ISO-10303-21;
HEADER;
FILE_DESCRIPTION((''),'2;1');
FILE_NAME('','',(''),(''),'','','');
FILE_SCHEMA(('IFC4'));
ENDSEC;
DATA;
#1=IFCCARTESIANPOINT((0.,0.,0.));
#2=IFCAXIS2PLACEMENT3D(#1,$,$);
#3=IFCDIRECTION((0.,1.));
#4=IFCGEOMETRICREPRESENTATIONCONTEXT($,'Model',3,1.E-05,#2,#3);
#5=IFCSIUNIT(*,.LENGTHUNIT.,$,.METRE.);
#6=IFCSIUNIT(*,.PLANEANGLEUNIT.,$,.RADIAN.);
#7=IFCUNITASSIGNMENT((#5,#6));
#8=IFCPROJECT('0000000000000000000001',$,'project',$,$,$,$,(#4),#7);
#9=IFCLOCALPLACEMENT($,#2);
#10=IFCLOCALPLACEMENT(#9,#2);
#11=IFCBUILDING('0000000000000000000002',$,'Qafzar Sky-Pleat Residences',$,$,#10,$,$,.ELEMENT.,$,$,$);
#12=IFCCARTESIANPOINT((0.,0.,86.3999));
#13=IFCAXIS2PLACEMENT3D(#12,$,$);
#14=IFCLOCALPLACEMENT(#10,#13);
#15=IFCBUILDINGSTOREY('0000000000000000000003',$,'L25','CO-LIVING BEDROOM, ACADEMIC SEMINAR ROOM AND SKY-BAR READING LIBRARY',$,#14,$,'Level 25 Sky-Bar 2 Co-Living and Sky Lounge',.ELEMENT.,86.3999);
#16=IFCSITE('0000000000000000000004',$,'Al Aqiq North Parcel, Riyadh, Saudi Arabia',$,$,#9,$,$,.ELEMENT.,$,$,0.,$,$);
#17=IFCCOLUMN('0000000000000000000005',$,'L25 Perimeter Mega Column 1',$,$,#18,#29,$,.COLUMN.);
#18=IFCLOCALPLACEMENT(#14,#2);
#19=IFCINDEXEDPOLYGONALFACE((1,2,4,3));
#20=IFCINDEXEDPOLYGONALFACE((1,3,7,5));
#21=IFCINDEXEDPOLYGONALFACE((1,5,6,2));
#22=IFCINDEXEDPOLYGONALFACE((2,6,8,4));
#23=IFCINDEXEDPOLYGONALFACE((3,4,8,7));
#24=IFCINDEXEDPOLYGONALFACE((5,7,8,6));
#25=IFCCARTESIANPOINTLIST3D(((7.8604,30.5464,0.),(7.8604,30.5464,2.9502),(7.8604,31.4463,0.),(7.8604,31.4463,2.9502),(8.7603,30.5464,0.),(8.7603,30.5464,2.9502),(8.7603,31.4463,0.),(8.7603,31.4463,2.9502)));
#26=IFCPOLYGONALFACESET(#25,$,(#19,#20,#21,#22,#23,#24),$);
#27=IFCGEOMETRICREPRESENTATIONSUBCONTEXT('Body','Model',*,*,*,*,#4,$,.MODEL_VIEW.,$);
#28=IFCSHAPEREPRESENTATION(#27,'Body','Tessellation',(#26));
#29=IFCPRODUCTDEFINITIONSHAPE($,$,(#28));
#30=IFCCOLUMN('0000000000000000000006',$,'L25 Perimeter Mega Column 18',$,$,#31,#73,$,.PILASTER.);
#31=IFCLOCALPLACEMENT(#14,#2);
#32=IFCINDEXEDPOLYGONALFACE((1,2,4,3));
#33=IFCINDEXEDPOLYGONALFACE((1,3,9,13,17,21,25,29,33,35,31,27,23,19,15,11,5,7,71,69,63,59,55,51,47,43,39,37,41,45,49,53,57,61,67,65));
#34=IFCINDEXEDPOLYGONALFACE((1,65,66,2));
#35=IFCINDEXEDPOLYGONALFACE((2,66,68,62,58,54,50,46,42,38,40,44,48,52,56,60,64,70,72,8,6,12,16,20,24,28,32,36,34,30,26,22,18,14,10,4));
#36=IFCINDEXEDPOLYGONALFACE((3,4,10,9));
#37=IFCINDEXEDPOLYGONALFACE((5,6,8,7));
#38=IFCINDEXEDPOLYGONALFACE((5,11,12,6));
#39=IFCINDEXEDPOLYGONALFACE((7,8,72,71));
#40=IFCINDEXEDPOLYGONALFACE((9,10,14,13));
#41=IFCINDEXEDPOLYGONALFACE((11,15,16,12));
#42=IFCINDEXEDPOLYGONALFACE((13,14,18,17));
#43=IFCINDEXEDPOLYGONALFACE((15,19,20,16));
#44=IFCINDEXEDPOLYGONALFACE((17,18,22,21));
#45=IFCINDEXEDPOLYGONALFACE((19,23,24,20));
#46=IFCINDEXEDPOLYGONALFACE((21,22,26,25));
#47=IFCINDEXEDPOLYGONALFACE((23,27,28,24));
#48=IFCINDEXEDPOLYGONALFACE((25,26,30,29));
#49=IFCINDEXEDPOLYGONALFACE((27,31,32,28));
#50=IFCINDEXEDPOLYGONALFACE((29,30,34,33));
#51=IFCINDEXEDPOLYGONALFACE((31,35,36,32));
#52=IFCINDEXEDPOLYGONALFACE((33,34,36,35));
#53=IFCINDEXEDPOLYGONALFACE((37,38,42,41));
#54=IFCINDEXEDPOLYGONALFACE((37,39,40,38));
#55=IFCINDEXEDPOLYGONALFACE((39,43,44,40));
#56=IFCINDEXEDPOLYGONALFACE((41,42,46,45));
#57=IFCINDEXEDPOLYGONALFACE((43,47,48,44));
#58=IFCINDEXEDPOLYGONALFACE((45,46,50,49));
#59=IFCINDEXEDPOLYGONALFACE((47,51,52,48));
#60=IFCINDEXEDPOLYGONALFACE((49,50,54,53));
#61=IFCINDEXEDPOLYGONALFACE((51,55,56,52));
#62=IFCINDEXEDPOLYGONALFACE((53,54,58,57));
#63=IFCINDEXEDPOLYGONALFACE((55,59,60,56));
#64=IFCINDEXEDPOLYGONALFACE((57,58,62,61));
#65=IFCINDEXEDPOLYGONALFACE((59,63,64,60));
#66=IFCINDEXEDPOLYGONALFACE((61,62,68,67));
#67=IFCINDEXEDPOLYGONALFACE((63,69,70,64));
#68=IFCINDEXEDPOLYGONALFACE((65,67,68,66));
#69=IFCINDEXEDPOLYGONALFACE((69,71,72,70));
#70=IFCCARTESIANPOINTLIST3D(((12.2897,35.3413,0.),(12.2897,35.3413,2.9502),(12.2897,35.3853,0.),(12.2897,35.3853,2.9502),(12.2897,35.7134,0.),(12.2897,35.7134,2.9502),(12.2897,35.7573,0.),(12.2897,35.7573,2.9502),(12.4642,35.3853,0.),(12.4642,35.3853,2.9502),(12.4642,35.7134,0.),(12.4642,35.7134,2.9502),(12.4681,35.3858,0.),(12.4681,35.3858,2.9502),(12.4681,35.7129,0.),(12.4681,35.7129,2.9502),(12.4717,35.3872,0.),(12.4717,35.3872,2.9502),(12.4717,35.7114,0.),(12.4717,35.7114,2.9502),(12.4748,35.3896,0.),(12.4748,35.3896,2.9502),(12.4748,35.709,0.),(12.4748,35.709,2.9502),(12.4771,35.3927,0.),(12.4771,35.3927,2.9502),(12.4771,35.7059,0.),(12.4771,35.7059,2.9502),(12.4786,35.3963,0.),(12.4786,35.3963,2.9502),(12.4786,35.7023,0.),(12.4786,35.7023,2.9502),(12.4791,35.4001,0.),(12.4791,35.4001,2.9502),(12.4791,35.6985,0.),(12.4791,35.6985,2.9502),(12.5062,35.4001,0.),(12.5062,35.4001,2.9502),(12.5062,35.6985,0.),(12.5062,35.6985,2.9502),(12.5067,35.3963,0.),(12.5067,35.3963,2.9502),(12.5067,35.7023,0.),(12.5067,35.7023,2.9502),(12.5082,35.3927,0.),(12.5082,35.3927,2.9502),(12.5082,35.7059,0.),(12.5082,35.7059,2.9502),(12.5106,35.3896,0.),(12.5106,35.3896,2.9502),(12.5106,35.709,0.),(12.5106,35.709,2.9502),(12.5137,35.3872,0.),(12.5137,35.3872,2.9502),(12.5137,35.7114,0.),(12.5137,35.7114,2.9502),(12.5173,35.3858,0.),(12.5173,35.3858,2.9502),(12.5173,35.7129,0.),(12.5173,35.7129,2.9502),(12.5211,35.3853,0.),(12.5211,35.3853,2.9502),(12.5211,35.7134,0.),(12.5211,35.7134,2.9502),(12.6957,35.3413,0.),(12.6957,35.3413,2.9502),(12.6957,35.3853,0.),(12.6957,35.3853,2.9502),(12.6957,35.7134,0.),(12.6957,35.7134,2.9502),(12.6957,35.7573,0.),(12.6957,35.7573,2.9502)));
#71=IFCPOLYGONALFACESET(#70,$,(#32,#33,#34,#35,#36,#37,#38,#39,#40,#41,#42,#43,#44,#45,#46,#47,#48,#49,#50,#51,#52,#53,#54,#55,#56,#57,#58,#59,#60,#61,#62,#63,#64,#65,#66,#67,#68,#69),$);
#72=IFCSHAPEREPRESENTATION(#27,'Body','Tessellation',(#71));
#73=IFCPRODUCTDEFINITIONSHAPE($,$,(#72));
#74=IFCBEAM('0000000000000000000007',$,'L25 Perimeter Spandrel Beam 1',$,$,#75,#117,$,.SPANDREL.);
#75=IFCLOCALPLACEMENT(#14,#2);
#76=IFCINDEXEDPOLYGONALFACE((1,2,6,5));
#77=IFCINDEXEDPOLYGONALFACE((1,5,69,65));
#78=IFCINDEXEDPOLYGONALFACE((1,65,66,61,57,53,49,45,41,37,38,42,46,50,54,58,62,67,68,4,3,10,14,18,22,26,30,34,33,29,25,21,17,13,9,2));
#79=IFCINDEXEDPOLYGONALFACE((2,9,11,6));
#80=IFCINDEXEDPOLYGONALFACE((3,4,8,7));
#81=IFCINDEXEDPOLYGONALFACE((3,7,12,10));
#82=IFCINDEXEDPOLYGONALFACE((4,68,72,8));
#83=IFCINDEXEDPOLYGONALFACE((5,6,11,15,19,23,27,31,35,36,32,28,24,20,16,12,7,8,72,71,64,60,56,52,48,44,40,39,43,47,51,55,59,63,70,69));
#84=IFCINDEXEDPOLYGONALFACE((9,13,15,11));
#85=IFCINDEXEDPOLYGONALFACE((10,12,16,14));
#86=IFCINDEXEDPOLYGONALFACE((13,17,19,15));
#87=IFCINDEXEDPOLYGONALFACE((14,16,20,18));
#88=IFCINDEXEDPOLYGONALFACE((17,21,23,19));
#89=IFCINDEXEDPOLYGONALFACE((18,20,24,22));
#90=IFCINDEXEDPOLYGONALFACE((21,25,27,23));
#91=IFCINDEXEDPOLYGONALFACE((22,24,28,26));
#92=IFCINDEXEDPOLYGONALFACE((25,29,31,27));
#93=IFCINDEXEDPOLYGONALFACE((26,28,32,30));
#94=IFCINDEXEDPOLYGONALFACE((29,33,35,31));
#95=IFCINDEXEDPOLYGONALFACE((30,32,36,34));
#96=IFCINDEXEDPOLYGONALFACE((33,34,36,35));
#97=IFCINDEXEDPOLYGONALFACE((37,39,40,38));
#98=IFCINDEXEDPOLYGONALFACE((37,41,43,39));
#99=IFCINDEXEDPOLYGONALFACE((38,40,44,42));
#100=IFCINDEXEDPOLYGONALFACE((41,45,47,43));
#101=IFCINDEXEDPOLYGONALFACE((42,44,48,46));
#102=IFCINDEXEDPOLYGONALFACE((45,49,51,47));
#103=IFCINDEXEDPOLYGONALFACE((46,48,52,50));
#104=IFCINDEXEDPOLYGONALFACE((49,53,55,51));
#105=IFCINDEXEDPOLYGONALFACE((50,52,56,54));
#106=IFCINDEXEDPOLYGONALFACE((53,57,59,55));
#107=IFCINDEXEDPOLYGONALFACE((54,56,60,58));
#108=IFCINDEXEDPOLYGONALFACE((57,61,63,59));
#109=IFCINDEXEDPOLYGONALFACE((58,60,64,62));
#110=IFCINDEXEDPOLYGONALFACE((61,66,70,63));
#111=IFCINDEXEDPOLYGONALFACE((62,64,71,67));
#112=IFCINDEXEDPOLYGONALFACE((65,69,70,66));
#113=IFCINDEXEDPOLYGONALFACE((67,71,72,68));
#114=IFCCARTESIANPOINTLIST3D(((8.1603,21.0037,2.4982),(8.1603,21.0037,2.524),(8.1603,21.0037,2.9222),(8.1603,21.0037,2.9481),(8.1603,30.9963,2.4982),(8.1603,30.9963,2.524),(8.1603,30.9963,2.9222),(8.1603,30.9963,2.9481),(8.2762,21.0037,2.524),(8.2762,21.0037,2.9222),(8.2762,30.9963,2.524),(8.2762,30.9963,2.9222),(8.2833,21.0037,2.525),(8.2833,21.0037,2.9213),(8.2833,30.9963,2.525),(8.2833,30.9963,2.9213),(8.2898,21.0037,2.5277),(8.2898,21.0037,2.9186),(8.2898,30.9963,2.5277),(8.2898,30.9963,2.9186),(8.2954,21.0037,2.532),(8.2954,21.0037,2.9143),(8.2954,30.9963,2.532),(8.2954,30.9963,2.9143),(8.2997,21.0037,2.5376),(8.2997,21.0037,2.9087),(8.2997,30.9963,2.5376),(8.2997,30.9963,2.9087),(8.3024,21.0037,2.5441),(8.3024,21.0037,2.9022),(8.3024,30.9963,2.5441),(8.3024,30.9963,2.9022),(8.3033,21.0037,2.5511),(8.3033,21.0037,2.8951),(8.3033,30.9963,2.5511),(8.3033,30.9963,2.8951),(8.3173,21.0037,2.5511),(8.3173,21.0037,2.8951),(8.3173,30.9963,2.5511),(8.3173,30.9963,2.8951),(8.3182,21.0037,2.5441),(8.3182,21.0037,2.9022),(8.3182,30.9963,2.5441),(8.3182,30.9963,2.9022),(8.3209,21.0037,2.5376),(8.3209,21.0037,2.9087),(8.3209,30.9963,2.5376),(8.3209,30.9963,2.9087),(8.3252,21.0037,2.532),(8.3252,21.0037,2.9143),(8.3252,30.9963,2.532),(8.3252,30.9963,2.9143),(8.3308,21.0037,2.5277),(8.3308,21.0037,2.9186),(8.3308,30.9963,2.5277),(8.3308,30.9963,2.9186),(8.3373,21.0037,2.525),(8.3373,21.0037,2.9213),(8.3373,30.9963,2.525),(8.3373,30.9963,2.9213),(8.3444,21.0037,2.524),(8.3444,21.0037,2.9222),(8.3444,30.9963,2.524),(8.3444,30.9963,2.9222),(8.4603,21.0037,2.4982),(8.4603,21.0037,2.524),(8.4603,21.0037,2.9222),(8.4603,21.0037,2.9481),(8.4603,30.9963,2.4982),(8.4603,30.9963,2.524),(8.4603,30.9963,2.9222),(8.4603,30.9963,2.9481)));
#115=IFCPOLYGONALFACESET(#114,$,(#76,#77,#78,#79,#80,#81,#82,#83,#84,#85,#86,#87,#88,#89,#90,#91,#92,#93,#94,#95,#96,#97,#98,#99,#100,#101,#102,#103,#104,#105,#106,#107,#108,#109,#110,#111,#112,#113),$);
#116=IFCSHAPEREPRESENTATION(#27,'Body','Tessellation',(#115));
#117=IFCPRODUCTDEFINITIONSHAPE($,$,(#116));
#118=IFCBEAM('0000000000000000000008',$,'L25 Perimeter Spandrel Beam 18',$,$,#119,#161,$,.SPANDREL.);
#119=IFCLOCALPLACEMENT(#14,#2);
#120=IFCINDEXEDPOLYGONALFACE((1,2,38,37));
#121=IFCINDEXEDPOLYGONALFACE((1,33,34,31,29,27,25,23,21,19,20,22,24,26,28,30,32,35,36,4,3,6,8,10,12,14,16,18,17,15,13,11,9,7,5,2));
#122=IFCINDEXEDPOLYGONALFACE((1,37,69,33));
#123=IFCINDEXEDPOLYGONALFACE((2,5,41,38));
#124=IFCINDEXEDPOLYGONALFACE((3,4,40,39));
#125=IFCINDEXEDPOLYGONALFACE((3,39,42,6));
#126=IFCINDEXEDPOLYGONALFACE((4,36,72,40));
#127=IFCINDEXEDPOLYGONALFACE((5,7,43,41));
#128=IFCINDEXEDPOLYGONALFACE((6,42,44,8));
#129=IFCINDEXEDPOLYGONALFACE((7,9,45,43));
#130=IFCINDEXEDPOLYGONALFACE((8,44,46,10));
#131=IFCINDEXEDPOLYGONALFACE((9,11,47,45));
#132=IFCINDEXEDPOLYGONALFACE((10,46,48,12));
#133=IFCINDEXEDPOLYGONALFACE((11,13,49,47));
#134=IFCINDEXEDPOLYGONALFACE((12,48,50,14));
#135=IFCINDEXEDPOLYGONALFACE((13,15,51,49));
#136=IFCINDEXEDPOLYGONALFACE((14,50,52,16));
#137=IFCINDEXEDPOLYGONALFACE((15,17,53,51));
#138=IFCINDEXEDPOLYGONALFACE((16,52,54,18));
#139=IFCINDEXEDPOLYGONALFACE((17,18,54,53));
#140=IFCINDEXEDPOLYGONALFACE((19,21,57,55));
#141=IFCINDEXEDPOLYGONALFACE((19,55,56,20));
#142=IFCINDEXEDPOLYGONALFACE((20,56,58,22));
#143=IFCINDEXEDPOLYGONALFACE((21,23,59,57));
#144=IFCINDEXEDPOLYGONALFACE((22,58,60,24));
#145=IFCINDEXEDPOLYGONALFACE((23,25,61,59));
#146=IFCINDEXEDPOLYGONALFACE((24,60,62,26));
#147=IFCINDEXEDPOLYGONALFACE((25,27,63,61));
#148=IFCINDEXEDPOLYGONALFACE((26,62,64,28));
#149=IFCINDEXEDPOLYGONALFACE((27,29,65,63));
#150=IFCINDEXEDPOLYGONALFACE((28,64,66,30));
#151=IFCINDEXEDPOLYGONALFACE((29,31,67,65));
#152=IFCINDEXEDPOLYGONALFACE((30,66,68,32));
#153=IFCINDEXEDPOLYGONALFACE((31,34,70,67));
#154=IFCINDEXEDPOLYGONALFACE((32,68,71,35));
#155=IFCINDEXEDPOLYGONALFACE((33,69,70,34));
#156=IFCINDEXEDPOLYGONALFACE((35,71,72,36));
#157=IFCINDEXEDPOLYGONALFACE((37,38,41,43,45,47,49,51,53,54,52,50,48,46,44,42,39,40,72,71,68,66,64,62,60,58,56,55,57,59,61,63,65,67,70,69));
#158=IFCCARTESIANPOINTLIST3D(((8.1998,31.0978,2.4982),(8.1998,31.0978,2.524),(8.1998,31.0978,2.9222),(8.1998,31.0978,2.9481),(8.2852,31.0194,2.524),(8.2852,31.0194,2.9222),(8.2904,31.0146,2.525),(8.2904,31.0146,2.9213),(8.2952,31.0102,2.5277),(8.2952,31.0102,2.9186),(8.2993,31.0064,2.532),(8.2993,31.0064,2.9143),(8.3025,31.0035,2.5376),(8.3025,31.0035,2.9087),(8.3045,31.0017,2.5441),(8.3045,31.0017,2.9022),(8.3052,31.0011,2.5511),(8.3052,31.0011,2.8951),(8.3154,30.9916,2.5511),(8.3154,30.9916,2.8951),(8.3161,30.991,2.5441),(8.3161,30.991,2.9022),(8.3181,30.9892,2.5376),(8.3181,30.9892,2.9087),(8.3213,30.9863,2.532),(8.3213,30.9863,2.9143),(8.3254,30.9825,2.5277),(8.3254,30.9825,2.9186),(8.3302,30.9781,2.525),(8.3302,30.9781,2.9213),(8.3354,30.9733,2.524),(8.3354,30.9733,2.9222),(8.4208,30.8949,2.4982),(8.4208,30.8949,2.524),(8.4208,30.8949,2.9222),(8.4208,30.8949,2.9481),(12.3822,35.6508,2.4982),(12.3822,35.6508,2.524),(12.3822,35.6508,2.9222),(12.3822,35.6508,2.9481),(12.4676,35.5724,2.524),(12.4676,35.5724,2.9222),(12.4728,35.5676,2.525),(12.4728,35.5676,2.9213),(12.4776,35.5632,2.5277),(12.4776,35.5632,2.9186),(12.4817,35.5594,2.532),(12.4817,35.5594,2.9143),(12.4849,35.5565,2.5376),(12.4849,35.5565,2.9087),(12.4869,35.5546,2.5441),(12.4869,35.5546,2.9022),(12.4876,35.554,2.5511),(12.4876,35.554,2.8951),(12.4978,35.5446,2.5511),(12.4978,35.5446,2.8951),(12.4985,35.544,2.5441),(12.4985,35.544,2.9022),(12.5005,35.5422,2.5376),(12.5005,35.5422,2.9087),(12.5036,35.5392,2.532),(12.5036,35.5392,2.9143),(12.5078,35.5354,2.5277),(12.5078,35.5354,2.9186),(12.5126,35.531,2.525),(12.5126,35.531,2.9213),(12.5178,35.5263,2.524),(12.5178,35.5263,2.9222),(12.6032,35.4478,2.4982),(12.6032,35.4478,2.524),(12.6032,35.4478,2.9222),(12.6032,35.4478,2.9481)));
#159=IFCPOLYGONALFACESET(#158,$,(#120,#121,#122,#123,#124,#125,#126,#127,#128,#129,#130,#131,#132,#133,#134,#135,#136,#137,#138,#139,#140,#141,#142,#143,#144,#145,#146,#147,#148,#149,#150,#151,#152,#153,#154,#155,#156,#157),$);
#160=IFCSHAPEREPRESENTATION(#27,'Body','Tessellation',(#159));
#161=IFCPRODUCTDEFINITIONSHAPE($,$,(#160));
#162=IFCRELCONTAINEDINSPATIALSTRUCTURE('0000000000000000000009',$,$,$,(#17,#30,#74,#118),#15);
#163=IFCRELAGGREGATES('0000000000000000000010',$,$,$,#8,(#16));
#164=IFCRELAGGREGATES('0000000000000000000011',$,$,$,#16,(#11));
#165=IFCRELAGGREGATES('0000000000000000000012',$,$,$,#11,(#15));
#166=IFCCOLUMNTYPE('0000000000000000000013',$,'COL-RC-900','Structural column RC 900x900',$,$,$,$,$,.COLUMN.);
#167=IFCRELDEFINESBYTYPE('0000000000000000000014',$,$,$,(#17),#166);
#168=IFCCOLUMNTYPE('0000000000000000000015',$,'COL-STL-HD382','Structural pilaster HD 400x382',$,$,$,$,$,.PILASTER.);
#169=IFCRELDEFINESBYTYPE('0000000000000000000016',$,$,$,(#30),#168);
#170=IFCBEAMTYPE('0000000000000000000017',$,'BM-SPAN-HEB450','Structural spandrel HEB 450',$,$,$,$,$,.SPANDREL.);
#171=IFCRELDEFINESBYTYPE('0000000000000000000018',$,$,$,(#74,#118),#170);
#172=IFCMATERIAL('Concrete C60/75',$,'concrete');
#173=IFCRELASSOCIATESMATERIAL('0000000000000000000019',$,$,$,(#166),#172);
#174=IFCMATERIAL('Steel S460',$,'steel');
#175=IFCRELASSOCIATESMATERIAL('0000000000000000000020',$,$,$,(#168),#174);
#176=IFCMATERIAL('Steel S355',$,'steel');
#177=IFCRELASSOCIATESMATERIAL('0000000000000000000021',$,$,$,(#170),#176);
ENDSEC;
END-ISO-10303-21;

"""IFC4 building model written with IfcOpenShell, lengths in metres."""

from ifc_helpers import new_model, si_unit, direction, frame, origin, origin_2d, place, context, subcontext, project, spatial, rectangle, i_section, extrude, source, transform, mapped, material, material_profile, profile_set, type_object, element, save


model = new_model("IFC4")

# Units and contexts
model_context = context("Model", 3, precision=1e-05, world=origin(), true_north=direction((0.0, 1.0)))
body_context = subcontext(model_context, "Body", "Model", "MODEL_VIEW")
ifc_project = project(units=[si_unit("LENGTHUNIT", "METRE"), si_unit("PLANEANGLEUNIT", "RADIAN")], contexts=[model_context])

# Site, building, storey
site_placement = place(None, origin())
site = spatial("IfcSite", under=ifc_project, at=site_placement, Name="Al Aqiq North Parcel, Riyadh, Saudi Arabia", CompositionType="ELEMENT", RefElevation=0.0)
building_placement = place(site_placement, origin())
building = spatial("IfcBuilding", under=site, at=building_placement, Name="Qafzar Sky-Pleat Residences", CompositionType="ELEMENT")
storey_placement = place(building_placement, frame((0.0, 0.0, 86.3999)))
storey = spatial("IfcBuildingStorey", under=building, at=storey_placement, Name="L25", Description="CO-LIVING BEDROOM, ACADEMIC SEMINAR ROOM AND SKY-BAR READING LIBRARY", LongName="Level 25 Sky-Bar 2 Co-Living and Sky Lounge", CompositionType="ELEMENT", Elevation=86.3999)

# Columns
ifc_material_1 = material(Name="Concrete C60/75", Category="concrete")
ifc_material_profile_1 = material_profile(ifc_material_1, rectangle(XDim=0.8999, YDim=0.8999, at=origin_2d()), Name="RC 900x900")
ifc_profile_set_1 = profile_set([ifc_material_profile_1], Name="Concrete C60/75")
column_type_1 = type_object("IfcColumnType", Name="COL-RC-900", Description="Structural column RC 900x900", PredefinedType="COLUMN", material=ifc_profile_set_1)
shared_shape_1 = source(origin(), body_context, "Body", "SweptSolid", [
    extrude(rectangle(XDim=0.8999, YDim=0.8999, at=origin_2d()), origin(), (0.0, 0.0, 1.0), 2.9502),
])
column_1_placement = place(storey_placement, frame((8.3103, 30.9963, 0.0), z_axis=(0.0, 0.0, 1.0), x_axis=(1.0, 0.0, 0.0)))
element("IfcColumn", 1, at=column_1_placement, inside=storey, type_object=column_type_1, Name="L25 Perimeter Mega Column 1", PredefinedType="COLUMN", context=body_context, shape_type="MappedRepresentation", body=[
    mapped(shared_shape_1, transform((0.0, 0.0, 0.0), x_axis=(1.0, 0.0, 0.0), y_axis=(0.0, 1.0, 0.0), z_axis=(0.0, 0.0, 1.0), scale=1.0)),
])
ifc_material_2 = material(Name="Steel S460", Category="steel")
ifc_material_profile_2 = material_profile(ifc_material_2, i_section(OverallWidth=0.406, OverallDepth=0.416, WebThickness=0.0271, FlangeThickness=0.0439, FilletRadius=0.0149, at=origin_2d()), Name="HD 400x382")
ifc_profile_set_2 = profile_set([ifc_material_profile_2], Name="Steel S460")
column_type_2 = type_object("IfcColumnType", Name="COL-STL-HD382", Description="Structural pilaster HD 400x382", PredefinedType="PILASTER", material=ifc_profile_set_2)
shared_shape_2 = source(origin(), body_context, "Body", "SweptSolid", [
    extrude(i_section(OverallWidth=0.406, OverallDepth=0.416, WebThickness=0.0271, FlangeThickness=0.0439, FilletRadius=0.0149, at=origin_2d()), origin(), (0.0, 0.0, 1.0), 2.9502),
])
column_2_placement = place(storey_placement, frame((12.4927, 35.5493, 0.0), z_axis=(0.0, 0.0, 1.0), x_axis=(1.0, 0.0, 0.0)))
element("IfcColumn", 2, at=column_2_placement, inside=storey, type_object=column_type_2, Name="L25 Perimeter Mega Column 18", PredefinedType="PILASTER", context=body_context, shape_type="MappedRepresentation", body=[
    mapped(shared_shape_2, transform((0.0, 0.0, 0.0), x_axis=(1.0, 0.0, 0.0), y_axis=(0.0, 1.0, 0.0), z_axis=(0.0, 0.0, 1.0), scale=1.0)),
])

# Beams
ifc_material_3 = material(Name="Steel S355", Category="steel")
ifc_material_profile_3 = material_profile(ifc_material_3, i_section(OverallWidth=0.3, OverallDepth=0.45, WebThickness=0.0139, FlangeThickness=0.0259, FilletRadius=0.0271, at=origin_2d()), Name="HEB 450")
ifc_profile_set_3 = profile_set([ifc_material_profile_3], Name="Steel S355")
beam_type_1 = type_object("IfcBeamType", Name="BM-SPAN-HEB450", Description="Structural spandrel HEB 450", PredefinedType="SPANDREL", material=ifc_profile_set_3)
shared_shape_3 = source(origin(), body_context, "Body", "SweptSolid", [
    extrude(i_section(OverallWidth=0.3, OverallDepth=0.45, WebThickness=0.0139, FlangeThickness=0.0259, FilletRadius=0.0271, at=origin_2d()), origin(), (0.0, 0.0, 1.0), 9.9927),
])
beam_1_placement = place(storey_placement, frame((8.3103, 30.9963, 2.7231), z_axis=(0.0, -1.0, 0.0), x_axis=(1.0, 0.0, 0.0)))
element("IfcBeam", 3, at=beam_1_placement, inside=storey, type_object=beam_type_1, Name="L25 Perimeter Spandrel Beam 1", PredefinedType="SPANDREL", context=body_context, shape_type="MappedRepresentation", body=[
    mapped(shared_shape_3, transform((0.0, 0.0, 0.0), x_axis=(1.0, 0.0, 0.0), y_axis=(0.0, 1.0, 0.0), z_axis=(0.0, 0.0, 1.0), scale=1.0)),
])
shared_shape_4 = source(origin(), body_context, "Body", "SweptSolid", [
    extrude(i_section(OverallWidth=0.3, OverallDepth=0.45, WebThickness=0.0139, FlangeThickness=0.0259, FilletRadius=0.0271, at=origin_2d()), origin(), (0.0, 0.0, 1.0), 6.1824),
])
beam_2_placement = place(storey_placement, frame((12.4927, 35.5493, 2.7231), z_axis=(-0.676499, -0.736444, 0.0), x_axis=(0.736444, -0.676499, 0.0)))
element("IfcBeam", 4, at=beam_2_placement, inside=storey, type_object=beam_type_1, Name="L25 Perimeter Spandrel Beam 18", PredefinedType="SPANDREL", context=body_context, shape_type="MappedRepresentation", body=[
    mapped(shared_shape_4, transform((0.0, 0.0, 0.0), x_axis=(1.0, 0.0, 0.0), y_axis=(0.0, 1.0, 0.0), z_axis=(0.0, 0.0, 1.0), scale=1.0)),
])

save(model, "model.ifc")
